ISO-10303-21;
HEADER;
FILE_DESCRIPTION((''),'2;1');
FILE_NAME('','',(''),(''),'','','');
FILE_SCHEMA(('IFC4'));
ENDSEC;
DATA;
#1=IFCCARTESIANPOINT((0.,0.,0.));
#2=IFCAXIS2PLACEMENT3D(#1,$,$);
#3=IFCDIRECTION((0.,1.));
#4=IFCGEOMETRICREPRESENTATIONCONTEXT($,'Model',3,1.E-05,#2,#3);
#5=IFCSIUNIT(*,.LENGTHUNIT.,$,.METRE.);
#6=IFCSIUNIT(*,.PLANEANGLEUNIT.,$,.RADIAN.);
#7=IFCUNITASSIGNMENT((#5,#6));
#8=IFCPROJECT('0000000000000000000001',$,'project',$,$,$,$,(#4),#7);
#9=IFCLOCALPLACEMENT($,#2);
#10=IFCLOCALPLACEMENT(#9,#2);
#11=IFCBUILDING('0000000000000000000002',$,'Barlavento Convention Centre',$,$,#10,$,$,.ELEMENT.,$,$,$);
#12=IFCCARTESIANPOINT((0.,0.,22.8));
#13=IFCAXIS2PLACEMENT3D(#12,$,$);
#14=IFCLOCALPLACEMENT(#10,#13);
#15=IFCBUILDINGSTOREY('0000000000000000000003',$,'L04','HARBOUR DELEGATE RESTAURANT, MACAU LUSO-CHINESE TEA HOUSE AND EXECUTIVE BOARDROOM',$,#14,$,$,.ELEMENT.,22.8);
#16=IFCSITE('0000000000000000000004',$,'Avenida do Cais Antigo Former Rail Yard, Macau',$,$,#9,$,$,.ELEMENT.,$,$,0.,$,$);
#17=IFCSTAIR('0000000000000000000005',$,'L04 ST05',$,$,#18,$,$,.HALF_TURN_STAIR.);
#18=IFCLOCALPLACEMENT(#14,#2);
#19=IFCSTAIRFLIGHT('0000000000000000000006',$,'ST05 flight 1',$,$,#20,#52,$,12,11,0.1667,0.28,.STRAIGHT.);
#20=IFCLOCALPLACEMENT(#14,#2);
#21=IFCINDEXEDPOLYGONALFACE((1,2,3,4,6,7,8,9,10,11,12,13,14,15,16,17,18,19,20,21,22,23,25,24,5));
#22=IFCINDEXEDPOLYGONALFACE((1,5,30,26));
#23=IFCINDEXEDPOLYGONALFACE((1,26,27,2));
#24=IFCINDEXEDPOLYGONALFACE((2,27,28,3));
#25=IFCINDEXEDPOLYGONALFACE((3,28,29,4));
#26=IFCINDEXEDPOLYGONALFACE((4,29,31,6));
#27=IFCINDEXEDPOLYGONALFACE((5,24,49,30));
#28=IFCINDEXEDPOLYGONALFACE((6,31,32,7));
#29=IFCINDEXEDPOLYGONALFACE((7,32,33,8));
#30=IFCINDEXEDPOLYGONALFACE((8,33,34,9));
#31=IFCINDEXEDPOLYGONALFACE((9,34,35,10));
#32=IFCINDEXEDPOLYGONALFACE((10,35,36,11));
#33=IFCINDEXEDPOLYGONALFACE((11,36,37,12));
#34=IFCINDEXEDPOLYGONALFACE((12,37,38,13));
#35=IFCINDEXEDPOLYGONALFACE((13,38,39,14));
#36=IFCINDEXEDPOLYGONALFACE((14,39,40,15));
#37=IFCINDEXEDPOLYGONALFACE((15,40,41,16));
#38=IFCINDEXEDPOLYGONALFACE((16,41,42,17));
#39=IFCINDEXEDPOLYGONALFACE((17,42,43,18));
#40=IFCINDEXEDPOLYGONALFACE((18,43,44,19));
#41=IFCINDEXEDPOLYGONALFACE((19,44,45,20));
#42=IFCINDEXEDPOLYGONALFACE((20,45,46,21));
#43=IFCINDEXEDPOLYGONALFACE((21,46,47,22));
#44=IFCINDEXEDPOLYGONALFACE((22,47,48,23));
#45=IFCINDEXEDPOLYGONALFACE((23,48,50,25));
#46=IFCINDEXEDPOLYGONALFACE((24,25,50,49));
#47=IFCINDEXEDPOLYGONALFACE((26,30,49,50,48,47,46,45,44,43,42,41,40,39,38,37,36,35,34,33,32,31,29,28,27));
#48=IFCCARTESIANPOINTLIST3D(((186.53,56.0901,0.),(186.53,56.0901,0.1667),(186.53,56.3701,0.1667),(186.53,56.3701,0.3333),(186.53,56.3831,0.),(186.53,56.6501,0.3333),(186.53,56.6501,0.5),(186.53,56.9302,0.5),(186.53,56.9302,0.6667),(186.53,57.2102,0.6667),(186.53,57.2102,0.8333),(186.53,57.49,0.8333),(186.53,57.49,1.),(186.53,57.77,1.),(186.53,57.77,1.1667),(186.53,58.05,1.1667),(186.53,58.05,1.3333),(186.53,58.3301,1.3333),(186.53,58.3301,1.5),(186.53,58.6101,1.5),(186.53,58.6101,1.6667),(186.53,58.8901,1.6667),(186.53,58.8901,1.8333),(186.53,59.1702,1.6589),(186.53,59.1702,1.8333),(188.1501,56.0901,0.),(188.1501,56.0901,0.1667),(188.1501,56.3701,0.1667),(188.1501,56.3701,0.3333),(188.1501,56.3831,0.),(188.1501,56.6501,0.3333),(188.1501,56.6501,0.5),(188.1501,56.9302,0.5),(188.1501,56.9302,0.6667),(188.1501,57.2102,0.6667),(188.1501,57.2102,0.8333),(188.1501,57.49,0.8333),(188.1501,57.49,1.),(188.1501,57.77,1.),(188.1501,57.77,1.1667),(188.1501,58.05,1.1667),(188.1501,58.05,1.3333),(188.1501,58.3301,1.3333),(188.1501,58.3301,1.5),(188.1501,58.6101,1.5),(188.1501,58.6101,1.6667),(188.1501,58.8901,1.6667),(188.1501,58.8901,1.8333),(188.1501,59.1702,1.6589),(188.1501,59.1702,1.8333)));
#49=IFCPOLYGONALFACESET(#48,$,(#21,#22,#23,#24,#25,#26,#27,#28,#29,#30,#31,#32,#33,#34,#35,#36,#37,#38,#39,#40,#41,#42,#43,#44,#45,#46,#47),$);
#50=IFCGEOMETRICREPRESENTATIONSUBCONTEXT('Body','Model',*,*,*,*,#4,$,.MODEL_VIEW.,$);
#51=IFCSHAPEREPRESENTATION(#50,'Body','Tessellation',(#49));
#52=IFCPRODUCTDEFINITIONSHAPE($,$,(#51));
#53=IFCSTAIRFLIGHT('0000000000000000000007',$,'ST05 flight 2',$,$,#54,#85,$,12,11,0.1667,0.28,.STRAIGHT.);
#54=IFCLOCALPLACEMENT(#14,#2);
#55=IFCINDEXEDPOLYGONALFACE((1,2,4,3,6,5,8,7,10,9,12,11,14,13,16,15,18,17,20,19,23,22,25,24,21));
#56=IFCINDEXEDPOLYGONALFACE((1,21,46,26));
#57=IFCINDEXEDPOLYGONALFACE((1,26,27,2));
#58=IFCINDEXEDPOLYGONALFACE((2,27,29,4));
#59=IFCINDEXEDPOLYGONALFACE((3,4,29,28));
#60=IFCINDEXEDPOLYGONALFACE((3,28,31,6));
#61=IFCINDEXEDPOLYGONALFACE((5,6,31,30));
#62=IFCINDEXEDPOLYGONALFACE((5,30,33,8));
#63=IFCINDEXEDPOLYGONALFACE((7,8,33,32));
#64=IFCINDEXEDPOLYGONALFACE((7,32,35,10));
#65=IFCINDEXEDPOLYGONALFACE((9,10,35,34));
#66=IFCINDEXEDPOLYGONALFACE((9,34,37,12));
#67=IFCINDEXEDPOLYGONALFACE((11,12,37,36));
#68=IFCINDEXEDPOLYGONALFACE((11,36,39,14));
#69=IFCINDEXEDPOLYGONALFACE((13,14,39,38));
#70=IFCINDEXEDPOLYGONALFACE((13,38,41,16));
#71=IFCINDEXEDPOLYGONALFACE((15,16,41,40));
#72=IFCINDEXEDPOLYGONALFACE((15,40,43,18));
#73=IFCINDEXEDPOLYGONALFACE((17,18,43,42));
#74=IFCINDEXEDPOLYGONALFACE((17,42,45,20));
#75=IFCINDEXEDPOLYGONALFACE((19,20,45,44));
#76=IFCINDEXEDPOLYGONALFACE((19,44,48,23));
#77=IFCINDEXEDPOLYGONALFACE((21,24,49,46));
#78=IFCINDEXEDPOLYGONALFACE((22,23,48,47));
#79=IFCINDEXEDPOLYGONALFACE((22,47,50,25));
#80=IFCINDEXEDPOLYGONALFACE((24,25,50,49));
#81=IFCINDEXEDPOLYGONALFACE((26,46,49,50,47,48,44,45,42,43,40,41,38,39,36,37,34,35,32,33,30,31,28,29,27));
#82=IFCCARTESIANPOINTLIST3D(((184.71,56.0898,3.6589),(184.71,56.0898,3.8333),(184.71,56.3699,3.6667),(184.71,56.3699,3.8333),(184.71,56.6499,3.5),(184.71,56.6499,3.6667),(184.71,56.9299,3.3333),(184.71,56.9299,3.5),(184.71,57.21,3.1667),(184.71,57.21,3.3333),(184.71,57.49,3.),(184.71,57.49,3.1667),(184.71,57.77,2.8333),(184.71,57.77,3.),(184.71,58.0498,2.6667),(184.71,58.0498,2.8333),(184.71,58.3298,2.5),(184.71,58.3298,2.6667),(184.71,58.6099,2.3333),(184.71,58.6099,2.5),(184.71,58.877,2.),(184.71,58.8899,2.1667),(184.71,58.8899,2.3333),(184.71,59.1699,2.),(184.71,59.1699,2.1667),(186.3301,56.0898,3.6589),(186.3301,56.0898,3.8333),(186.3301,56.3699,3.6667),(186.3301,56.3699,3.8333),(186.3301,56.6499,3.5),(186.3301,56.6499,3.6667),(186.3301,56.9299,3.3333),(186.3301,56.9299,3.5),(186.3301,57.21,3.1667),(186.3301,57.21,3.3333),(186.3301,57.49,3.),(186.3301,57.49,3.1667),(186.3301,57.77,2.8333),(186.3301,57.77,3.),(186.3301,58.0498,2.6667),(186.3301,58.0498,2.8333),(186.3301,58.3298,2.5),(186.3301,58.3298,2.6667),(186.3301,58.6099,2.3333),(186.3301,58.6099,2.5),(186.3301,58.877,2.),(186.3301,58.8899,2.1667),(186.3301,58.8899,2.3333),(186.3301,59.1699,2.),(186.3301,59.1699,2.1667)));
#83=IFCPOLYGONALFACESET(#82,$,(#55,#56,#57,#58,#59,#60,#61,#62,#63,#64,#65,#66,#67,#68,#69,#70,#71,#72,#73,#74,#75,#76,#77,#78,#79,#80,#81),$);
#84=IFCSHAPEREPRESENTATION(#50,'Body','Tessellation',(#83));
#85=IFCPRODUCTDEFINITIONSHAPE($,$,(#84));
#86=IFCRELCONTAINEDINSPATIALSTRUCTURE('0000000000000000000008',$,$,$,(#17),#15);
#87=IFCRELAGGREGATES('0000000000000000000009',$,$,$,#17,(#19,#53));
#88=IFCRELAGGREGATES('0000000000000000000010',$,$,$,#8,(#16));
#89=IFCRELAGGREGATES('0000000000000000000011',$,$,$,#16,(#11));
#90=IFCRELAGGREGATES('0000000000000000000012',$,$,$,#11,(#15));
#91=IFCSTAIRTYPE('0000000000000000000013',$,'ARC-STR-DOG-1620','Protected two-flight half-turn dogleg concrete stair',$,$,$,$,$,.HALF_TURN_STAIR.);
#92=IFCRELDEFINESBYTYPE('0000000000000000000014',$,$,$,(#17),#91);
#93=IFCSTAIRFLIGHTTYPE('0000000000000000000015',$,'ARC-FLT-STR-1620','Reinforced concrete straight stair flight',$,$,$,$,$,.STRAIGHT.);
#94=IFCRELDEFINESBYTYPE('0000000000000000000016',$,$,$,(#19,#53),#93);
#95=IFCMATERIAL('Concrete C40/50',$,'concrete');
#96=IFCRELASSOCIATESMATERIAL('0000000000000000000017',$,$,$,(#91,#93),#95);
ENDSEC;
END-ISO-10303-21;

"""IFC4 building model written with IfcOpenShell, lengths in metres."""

from ifc_helpers import new_model, si_unit, direction, frame, origin, place, context, subcontext, project, spatial, polyline, outline, extrude, material, type_object, element, aggregate, save


model = new_model("IFC4")

# Units and contexts
model_context = context("Model", 3, precision=1e-05, world=origin(), true_north=direction((0.0, 1.0)))
body_context = subcontext(model_context, "Body", "Model", "MODEL_VIEW")
ifc_project = project(units=[si_unit("LENGTHUNIT", "METRE"), si_unit("PLANEANGLEUNIT", "RADIAN")], contexts=[model_context])

# Site, building, storey
site_placement = place(None, origin())
site = spatial("IfcSite", under=ifc_project, at=site_placement, Name="Avenida do Cais Antigo Former Rail Yard, Macau", CompositionType="ELEMENT", RefElevation=0.0)
building_placement = place(site_placement, origin())
building = spatial("IfcBuilding", under=site, at=building_placement, Name="Barlavento Convention Centre", CompositionType="ELEMENT")
storey_placement = place(building_placement, frame((0.0, 0.0, 22.8)))
storey = spatial("IfcBuildingStorey", under=building, at=storey_placement, Name="L04", Description="HARBOUR DELEGATE RESTAURANT, MACAU LUSO-CHINESE TEA HOUSE AND EXECUTIVE BOARDROOM", CompositionType="ELEMENT", Elevation=22.8)

# Stair, stair flights
ifc_material_1 = material(Name="Concrete C40/50", Category="concrete")
stair_type = type_object("IfcStairType", Name="ARC-STR-DOG-1620", Description="Protected two-flight half-turn dogleg concrete stair", PredefinedType="HALF_TURN_STAIR", material=ifc_material_1)
stair_placement = place(storey_placement, origin())
stair = element("IfcStair", 1, at=stair_placement, inside=storey, type_object=stair_type, Name="L04 ST05", PredefinedType="HALF_TURN_STAIR")
stair_flight_type = type_object("IfcStairFlightType", Name="ARC-FLT-STR-1620", Description="Reinforced concrete straight stair flight", PredefinedType="STRAIGHT", material=ifc_material_1)
stair_flight_1_placement = place(storey_placement, frame((187.3401, 56.0901, 0.0), z_axis=(0.0, 0.0, 1.0), x_axis=(0.0, 1.0, 0.0)))
stair_flight_1 = element("IfcStairFlight", 2, at=stair_flight_1_placement, type_object=stair_flight_type, Name="ST05 flight 1", NumberOfRisers=12, NumberOfTreads=11, PredefinedType="STRAIGHT", RiserHeight=0.1667, TreadLength=0.28, context=body_context, shape_type="SweptSolid", body=[
    extrude(outline(polyline([(0.0, 0.0), (0.0, 0.1667), (0.28, 0.1667), (0.28, 0.3333), (0.5601, 0.3333), (0.5601, 0.5), (0.8401, 0.5), (0.8401, 0.6667), (1.1201, 0.6667), (1.1201, 0.8333), (1.3999, 0.8333), (1.3999, 1.0), (1.6799, 1.0), (1.6799, 1.1667), (1.96, 1.1667), (1.96, 1.3333), (2.24, 1.3333), (2.24, 1.5), (2.52, 1.5), (2.52, 1.6667), (2.8, 1.6667), (2.8, 1.8333), (3.0801, 1.8333), (3.0801, 2.0), (3.0801, 1.6589), (0.293, 0.0), (0.0, 0.0)])), frame((0.0, 0.8101, 0.0), z_axis=(0.0, -1.0, 0.0), x_axis=(1.0, 0.0, 0.0)), (0.0, 0.0, 1.0), 1.6201),
])
stair_flight_2_placement = place(storey_placement, frame((185.52, 59.1699, 2.0), z_axis=(0.0, 0.0, 1.0), x_axis=(0.0, -1.0, 0.0)))
stair_flight_2 = element("IfcStairFlight", 3, at=stair_flight_2_placement, type_object=stair_flight_type, Name="ST05 flight 2", NumberOfRisers=12, NumberOfTreads=11, PredefinedType="STRAIGHT", RiserHeight=0.1667, TreadLength=0.28, context=body_context, shape_type="SweptSolid", body=[
    extrude(outline(polyline([(0.0, 0.0), (0.0, 0.1667), (0.28, 0.1667), (0.28, 0.3333), (0.5601, 0.3333), (0.5601, 0.5), (0.8401, 0.5), (0.8401, 0.6667), (1.1201, 0.6667), (1.1201, 0.8333), (1.3999, 0.8333), (1.3999, 1.0), (1.6799, 1.0), (1.6799, 1.1667), (1.96, 1.1667), (1.96, 1.3333), (2.24, 1.3333), (2.24, 1.5), (2.52, 1.5), (2.52, 1.6667), (2.8, 1.6667), (2.8, 1.8333), (3.0801, 1.8333), (3.0801, 2.0), (3.0801, 1.6589), (0.293, 0.0), (0.0, 0.0)])), frame((0.0, 0.8101, 0.0), z_axis=(0.0, -1.0, 0.0), x_axis=(1.0, 0.0, 0.0)), (0.0, 0.0, 1.0), 1.6201),
])
aggregate(stair, [stair_flight_1, stair_flight_2])

save(model, "model.ifc")
